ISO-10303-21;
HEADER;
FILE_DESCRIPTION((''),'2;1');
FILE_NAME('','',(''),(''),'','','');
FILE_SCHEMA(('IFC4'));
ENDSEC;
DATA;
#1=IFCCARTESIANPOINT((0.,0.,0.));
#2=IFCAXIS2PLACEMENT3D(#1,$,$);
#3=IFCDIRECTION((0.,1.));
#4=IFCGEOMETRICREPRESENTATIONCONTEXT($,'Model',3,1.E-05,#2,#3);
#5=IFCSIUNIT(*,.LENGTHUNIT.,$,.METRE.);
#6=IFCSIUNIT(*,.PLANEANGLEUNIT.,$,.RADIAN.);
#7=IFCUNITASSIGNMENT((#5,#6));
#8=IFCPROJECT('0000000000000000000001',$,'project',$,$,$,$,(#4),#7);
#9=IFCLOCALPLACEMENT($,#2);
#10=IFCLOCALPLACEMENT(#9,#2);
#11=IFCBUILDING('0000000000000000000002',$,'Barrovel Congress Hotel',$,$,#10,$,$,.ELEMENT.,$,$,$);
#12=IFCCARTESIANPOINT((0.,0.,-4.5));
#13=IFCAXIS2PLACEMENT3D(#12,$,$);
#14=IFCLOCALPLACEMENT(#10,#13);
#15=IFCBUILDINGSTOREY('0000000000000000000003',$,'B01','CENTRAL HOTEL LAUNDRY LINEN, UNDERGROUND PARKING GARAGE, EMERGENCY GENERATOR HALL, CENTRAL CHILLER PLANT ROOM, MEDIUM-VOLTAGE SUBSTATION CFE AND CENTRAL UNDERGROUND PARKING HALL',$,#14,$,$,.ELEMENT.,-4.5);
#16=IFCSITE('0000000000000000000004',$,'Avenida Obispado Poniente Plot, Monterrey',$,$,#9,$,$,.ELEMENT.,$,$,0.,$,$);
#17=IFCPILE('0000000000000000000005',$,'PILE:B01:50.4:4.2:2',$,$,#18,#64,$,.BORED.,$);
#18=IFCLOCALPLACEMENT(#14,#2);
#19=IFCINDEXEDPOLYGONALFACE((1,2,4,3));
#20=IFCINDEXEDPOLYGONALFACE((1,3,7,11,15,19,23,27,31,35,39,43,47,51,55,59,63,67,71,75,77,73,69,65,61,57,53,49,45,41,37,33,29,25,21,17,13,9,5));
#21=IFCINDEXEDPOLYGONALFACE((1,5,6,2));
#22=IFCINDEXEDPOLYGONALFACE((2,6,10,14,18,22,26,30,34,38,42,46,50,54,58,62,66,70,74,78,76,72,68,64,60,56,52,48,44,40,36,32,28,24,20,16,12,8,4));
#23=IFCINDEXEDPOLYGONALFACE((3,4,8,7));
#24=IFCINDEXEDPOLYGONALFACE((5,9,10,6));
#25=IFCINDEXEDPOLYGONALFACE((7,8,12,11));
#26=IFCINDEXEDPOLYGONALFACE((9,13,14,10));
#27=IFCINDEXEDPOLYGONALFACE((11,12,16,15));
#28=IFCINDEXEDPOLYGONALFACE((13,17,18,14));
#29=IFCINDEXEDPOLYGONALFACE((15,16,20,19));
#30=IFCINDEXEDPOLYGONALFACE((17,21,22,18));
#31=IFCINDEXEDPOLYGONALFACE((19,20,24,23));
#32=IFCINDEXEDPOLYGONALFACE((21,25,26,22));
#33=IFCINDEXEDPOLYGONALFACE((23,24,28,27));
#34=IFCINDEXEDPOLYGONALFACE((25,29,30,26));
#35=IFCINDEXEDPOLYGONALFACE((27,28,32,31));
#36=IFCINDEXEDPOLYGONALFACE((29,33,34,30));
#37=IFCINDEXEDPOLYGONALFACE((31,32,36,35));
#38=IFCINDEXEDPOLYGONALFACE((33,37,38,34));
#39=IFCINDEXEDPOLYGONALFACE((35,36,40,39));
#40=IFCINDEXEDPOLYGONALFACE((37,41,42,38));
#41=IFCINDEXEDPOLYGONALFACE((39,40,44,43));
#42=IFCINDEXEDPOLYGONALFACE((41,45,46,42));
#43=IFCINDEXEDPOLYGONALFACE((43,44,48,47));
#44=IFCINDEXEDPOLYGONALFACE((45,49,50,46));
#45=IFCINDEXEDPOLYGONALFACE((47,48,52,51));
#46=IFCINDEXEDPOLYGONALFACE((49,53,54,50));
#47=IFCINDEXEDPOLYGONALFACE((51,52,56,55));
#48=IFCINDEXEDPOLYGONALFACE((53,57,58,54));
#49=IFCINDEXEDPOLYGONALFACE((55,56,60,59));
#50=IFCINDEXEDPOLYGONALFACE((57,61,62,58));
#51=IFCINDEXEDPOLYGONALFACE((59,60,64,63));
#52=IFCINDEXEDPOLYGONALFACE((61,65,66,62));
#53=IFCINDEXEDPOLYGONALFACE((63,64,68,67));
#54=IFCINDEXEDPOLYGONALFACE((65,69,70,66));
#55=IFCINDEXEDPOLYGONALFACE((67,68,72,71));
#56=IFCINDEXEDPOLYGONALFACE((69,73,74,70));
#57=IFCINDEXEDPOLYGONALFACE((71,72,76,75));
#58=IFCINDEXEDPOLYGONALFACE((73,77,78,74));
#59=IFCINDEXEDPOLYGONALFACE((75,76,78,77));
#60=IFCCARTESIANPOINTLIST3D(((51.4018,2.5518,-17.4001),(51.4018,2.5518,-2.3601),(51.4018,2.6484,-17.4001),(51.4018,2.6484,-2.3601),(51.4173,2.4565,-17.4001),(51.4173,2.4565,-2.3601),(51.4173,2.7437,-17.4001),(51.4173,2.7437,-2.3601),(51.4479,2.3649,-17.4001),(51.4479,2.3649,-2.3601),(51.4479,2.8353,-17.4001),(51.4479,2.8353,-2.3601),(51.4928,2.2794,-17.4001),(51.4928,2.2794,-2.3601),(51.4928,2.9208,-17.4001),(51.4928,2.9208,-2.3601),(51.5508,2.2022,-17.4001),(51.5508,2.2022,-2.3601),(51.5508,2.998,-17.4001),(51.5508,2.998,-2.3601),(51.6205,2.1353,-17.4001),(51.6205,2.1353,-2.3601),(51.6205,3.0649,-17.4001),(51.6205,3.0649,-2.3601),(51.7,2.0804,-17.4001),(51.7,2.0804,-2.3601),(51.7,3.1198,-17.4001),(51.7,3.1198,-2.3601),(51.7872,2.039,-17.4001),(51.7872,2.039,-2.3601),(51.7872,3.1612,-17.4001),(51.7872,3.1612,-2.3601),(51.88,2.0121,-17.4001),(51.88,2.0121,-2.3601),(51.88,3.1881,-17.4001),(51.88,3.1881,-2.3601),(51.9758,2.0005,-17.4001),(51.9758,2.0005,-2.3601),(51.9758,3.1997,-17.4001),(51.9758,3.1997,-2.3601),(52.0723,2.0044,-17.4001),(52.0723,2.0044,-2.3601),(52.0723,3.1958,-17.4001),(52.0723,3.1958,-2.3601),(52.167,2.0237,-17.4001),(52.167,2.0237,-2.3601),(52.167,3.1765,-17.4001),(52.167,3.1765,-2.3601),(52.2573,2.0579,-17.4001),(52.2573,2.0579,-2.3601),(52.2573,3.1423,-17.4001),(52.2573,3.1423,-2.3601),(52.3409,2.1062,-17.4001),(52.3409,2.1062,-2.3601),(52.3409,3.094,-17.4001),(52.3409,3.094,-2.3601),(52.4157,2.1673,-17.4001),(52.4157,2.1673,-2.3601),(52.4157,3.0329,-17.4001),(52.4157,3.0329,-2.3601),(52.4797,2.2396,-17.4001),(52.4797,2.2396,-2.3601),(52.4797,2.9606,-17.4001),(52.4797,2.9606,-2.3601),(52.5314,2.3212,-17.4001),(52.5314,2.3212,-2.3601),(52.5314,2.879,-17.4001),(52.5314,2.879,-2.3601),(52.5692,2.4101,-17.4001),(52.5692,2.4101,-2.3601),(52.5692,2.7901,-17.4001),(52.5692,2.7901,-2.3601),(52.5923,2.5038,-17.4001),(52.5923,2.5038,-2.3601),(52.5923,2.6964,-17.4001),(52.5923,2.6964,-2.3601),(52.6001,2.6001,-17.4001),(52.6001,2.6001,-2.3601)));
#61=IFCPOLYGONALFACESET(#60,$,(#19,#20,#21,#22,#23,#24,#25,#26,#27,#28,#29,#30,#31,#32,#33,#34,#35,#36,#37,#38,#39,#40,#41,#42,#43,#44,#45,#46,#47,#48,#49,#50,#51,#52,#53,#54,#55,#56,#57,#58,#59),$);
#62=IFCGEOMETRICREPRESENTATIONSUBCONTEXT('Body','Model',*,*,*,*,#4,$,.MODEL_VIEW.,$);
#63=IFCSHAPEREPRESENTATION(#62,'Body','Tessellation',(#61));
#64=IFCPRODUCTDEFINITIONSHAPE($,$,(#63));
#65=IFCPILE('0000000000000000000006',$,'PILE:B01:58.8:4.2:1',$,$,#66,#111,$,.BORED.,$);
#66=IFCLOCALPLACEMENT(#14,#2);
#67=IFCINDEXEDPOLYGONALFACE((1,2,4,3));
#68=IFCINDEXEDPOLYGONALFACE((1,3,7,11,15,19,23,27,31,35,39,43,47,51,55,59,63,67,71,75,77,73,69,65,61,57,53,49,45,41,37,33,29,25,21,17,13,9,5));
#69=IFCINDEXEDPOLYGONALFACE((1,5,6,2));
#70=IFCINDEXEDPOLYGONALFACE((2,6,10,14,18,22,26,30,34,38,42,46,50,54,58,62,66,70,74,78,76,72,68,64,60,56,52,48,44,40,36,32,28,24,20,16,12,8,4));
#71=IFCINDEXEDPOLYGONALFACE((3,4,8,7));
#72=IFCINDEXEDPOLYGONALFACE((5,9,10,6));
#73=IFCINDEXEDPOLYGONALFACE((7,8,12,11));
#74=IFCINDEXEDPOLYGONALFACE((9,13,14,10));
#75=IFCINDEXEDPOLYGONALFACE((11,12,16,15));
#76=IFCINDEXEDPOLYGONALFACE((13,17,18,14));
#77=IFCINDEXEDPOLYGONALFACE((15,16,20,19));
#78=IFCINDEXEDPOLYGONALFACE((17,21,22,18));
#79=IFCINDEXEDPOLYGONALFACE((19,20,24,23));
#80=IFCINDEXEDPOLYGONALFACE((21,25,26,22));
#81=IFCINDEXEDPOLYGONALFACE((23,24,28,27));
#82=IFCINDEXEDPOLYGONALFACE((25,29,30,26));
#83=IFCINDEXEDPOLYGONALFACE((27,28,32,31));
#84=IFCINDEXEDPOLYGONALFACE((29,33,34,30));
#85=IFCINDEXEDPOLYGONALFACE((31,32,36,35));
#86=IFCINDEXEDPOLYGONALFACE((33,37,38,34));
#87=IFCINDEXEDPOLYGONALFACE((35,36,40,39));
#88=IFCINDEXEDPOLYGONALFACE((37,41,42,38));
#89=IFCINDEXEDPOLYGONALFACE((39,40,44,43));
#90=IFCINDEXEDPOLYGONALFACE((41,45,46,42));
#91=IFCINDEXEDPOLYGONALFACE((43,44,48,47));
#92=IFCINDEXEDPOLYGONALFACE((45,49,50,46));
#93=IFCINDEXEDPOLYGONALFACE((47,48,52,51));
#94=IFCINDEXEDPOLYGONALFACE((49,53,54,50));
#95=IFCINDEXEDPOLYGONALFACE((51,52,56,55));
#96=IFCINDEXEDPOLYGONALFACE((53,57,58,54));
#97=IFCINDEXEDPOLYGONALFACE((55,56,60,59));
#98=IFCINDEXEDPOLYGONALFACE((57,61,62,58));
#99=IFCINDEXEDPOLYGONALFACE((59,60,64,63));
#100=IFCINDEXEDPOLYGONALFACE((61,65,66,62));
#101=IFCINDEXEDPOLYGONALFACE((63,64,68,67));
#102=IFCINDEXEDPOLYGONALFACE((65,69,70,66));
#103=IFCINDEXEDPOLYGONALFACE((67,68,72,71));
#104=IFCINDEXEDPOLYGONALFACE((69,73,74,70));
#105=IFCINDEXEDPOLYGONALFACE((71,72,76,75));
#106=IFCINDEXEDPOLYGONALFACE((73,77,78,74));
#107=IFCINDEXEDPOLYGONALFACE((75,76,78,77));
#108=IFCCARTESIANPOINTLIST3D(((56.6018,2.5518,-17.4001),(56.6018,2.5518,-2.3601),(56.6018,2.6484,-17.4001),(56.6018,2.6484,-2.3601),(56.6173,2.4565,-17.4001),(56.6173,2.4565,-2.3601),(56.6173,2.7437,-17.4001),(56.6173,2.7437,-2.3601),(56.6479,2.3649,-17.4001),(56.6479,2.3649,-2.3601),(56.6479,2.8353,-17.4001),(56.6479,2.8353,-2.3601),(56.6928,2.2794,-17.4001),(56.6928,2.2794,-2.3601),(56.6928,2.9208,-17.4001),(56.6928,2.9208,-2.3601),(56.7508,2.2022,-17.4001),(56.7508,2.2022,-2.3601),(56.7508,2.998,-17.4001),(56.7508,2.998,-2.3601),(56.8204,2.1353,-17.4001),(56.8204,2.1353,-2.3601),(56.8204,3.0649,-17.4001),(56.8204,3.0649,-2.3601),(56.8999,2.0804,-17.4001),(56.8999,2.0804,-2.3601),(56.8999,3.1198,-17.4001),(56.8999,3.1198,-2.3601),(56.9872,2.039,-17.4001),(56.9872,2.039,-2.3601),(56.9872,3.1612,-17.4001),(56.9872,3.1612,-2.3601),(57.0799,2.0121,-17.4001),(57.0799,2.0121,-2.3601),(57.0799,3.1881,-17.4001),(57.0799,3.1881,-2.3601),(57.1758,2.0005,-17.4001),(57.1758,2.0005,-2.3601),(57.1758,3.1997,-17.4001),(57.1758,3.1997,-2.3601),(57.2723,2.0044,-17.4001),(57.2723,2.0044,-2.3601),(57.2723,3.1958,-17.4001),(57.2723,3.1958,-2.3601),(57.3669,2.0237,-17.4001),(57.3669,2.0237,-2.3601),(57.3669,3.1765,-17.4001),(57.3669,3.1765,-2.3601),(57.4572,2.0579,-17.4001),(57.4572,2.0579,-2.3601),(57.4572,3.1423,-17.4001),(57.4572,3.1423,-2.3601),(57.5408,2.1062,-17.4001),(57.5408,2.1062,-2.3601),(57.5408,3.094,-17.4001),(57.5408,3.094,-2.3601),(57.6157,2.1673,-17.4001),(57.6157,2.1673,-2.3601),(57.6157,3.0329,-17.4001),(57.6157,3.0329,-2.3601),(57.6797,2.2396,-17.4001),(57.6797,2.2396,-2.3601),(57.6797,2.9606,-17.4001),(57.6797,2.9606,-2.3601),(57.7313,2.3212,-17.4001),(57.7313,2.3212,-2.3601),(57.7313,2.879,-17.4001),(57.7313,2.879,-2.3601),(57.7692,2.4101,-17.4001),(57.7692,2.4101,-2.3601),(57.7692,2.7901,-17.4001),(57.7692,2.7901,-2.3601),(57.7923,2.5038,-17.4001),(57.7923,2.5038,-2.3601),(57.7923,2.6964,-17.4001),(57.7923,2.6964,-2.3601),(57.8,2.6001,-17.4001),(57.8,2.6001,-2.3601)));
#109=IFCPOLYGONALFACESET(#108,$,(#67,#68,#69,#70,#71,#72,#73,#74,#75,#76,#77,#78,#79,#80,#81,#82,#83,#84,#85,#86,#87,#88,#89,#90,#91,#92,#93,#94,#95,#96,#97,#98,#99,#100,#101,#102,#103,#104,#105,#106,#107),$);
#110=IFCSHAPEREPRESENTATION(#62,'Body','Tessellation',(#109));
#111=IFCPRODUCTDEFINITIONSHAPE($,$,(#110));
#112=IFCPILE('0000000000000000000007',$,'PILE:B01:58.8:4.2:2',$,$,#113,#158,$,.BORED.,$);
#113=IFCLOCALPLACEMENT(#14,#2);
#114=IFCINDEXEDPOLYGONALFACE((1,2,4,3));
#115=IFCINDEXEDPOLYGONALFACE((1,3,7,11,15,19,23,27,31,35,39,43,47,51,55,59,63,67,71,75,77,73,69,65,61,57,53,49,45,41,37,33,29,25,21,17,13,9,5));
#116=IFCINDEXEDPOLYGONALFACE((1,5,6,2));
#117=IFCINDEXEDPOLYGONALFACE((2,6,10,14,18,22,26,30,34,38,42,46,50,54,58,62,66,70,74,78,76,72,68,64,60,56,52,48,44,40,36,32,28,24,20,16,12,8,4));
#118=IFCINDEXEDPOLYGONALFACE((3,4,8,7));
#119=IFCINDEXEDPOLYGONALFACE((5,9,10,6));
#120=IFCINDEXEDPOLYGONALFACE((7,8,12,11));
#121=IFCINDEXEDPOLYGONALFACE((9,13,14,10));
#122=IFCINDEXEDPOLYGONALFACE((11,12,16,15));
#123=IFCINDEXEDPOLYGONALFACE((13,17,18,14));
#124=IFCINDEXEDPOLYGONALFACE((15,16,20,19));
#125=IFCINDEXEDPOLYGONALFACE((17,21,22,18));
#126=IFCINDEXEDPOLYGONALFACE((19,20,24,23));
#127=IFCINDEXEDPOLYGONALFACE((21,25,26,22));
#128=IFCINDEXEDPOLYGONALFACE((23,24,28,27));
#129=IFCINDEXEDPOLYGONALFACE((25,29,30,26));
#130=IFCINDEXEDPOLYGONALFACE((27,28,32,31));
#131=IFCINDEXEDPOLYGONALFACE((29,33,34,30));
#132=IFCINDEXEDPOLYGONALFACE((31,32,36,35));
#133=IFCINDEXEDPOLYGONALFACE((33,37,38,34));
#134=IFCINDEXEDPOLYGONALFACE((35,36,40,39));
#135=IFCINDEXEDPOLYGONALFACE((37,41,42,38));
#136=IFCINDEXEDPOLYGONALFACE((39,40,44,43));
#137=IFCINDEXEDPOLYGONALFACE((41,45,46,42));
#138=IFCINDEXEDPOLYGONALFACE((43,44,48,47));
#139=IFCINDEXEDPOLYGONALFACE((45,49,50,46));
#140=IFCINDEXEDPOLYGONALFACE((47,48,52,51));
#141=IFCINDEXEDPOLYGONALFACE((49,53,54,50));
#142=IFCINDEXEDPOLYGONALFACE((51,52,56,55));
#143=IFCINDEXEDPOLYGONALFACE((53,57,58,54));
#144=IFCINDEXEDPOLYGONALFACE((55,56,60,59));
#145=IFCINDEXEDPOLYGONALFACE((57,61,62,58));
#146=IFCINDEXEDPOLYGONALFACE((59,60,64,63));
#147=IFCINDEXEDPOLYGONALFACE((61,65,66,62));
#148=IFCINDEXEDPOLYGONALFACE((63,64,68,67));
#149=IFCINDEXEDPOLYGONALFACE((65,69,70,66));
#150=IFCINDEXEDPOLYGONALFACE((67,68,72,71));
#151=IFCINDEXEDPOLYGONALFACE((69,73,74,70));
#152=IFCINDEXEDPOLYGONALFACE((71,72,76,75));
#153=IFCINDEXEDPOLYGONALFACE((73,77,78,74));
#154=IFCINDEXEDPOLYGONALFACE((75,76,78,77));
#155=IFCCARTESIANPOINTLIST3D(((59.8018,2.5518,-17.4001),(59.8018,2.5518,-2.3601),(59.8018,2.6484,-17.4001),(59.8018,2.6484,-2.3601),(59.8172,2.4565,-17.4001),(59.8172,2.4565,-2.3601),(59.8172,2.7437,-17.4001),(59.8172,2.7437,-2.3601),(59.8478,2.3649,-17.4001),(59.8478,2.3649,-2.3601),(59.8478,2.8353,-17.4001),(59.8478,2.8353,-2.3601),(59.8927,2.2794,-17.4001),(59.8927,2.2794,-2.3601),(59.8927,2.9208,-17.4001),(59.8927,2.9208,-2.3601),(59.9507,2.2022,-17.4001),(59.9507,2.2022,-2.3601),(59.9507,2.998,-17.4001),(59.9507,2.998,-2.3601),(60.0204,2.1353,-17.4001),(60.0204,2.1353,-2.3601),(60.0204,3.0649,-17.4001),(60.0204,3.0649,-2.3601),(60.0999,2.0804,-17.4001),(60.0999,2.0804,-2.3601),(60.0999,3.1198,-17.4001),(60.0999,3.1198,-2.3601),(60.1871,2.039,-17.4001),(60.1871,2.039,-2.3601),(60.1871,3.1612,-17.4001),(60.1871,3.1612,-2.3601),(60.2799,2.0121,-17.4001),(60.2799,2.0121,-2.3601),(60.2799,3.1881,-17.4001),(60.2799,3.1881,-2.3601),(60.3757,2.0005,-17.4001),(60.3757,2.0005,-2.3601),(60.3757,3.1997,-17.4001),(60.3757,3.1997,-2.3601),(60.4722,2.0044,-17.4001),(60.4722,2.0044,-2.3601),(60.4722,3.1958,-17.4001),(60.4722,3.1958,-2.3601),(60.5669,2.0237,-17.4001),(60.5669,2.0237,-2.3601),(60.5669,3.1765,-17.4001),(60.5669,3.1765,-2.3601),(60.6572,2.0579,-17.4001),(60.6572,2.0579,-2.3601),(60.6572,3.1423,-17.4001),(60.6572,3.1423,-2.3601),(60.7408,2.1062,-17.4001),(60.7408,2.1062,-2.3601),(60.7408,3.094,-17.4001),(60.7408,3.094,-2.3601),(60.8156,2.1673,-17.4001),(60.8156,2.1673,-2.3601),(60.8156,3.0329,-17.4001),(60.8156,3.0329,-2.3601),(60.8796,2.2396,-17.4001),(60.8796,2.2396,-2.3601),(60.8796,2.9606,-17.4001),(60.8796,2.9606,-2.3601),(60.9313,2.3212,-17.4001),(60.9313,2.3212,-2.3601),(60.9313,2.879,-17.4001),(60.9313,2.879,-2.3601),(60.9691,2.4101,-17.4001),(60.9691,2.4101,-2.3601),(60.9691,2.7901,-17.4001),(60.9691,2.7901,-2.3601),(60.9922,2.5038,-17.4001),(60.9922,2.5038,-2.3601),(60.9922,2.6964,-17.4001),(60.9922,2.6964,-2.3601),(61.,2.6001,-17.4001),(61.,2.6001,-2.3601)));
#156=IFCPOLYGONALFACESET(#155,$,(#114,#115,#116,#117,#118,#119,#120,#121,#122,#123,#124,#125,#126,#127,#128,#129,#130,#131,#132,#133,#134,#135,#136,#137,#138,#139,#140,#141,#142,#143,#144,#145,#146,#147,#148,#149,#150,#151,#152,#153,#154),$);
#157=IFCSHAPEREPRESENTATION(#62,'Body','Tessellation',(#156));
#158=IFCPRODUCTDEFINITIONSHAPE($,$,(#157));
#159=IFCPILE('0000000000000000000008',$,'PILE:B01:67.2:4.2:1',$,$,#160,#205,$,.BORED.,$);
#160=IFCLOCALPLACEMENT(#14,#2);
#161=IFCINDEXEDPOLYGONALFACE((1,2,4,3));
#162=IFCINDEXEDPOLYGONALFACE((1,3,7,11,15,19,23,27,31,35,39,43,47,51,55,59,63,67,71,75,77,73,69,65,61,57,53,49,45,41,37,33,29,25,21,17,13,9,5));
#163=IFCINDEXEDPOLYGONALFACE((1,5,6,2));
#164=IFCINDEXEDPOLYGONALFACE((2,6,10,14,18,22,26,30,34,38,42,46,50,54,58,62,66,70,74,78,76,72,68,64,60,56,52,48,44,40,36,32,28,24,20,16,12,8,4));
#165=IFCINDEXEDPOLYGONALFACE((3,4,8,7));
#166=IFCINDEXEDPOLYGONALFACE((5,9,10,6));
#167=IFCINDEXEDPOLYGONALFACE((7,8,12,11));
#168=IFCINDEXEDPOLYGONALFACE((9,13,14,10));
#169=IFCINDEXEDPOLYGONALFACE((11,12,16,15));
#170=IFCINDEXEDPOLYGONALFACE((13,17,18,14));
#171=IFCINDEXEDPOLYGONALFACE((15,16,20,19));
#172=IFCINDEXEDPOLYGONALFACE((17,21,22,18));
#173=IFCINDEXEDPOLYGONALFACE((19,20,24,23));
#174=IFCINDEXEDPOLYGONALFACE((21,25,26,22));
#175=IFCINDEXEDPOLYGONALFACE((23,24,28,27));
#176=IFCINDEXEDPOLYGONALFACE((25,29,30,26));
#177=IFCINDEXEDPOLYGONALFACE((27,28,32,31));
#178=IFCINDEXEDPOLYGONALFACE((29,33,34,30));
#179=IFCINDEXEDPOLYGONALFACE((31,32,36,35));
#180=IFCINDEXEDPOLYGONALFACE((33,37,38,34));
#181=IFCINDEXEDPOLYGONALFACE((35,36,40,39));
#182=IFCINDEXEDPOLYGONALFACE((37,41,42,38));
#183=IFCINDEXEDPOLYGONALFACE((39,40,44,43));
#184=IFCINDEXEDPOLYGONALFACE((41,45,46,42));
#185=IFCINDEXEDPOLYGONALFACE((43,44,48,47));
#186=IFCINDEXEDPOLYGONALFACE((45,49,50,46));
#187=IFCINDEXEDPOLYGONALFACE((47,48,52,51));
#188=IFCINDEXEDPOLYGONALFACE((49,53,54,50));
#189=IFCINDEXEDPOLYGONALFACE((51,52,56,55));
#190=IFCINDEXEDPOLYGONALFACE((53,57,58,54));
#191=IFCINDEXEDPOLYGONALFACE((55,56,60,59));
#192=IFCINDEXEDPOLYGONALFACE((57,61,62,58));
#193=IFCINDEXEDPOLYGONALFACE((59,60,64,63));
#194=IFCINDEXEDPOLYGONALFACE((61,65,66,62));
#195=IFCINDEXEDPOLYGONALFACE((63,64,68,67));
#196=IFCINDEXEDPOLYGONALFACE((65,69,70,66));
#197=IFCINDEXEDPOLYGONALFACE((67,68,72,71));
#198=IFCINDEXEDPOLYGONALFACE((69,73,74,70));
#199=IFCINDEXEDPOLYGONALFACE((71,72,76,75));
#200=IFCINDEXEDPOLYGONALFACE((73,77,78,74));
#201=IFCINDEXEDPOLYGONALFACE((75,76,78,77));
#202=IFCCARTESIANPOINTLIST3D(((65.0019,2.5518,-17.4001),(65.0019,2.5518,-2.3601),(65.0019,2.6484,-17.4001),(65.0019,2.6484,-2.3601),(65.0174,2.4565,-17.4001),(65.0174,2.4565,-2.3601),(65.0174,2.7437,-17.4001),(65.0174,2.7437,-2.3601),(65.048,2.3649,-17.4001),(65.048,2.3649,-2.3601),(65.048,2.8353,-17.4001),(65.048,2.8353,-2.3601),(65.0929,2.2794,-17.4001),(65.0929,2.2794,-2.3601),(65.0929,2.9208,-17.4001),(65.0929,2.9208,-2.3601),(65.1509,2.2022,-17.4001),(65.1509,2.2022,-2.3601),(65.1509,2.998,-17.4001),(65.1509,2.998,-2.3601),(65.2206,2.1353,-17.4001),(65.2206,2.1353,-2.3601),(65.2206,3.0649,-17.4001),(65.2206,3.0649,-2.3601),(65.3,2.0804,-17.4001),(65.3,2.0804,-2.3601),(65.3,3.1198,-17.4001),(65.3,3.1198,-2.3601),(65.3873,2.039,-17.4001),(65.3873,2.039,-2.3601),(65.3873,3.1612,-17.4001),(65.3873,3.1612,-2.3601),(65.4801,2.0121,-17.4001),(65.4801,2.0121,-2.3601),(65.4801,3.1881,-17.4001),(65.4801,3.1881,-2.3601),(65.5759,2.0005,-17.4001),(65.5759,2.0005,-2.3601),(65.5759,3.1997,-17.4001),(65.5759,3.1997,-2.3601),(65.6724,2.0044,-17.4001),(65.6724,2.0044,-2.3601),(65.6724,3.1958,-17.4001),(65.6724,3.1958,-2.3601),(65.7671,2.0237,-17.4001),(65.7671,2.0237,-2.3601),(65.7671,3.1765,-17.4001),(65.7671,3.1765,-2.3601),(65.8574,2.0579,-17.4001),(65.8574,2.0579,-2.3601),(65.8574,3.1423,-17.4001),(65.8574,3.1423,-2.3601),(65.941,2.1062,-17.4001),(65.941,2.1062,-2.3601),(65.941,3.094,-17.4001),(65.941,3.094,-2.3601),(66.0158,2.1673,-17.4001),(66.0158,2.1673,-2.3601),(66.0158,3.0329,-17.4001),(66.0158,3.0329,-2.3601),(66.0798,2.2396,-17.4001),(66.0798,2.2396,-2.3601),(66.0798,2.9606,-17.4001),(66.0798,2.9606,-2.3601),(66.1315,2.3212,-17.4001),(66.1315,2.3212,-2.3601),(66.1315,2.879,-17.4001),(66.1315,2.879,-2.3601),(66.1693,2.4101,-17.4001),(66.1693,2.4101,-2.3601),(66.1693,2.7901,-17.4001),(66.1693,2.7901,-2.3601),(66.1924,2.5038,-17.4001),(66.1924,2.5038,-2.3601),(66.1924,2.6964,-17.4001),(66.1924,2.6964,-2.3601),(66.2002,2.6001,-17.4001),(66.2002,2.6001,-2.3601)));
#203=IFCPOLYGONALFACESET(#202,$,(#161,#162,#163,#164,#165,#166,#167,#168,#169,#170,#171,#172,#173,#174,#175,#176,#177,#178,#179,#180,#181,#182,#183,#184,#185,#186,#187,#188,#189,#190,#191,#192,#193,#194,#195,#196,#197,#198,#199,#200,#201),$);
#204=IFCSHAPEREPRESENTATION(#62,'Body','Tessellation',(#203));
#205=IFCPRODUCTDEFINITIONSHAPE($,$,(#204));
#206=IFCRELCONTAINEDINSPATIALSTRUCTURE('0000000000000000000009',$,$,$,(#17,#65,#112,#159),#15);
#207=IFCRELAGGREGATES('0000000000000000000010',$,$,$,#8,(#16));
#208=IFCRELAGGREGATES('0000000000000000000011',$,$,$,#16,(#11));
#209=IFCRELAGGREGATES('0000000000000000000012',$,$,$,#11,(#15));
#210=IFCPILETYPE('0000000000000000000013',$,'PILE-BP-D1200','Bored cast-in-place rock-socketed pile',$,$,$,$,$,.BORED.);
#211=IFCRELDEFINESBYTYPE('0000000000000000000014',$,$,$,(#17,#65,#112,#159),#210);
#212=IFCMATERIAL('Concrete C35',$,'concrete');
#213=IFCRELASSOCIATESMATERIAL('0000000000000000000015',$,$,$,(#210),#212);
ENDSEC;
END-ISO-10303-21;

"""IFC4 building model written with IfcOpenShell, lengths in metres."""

from ifc_helpers import new_model, si_unit, direction, frame, origin, origin_2d, place, context, subcontext, project, spatial, circle, extrude, material, material_profile, profile_set, type_object, element, save


model = new_model("IFC4")

# Units and contexts
model_context = context("Model", 3, precision=1e-05, world=origin(), true_north=direction((0.0, 1.0)))
body_context = subcontext(model_context, "Body", "Model", "MODEL_VIEW")
ifc_project = project(units=[si_unit("LENGTHUNIT", "METRE"), si_unit("PLANEANGLEUNIT", "RADIAN")], contexts=[model_context])

# Site, building, storey
site_placement = place(None, origin())
site = spatial("IfcSite", under=ifc_project, at=site_placement, Name="Avenida Obispado Poniente Plot, Monterrey", CompositionType="ELEMENT", RefElevation=0.0)
building_placement = place(site_placement, origin())
building = spatial("IfcBuilding", under=site, at=building_placement, Name="Barrovel Congress Hotel", CompositionType="ELEMENT")
storey_placement = place(building_placement, frame((0.0, 0.0, -4.5)))
storey = spatial("IfcBuildingStorey", under=building, at=storey_placement, Name="B01", Description="CENTRAL HOTEL LAUNDRY LINEN, UNDERGROUND PARKING GARAGE, EMERGENCY GENERATOR HALL, CENTRAL CHILLER PLANT ROOM, MEDIUM-VOLTAGE SUBSTATION CFE AND CENTRAL UNDERGROUND PARKING HALL", CompositionType="ELEMENT", Elevation=-4.5)

# Piles
ifc_material_1 = material(Name="Concrete C35", Category="concrete")
ifc_material_profile_1 = material_profile(ifc_material_1, circle(Radius=0.6001, at=origin_2d()), Name="BP-D1200")
ifc_profile_set_1 = profile_set([ifc_material_profile_1], Name="Concrete C35")
pile_type = type_object("IfcPileType", Name="PILE-BP-D1200", Description="Bored cast-in-place rock-socketed pile", PredefinedType="BORED", material=ifc_profile_set_1)
for number, where, z_axis, x_axis, name in (
    (1, (52.0, 2.6001, -2.3601), (0.0, 0.0, -1.0), (1.0, 0.0, 0.0), "PILE:B01:50.4:4.2:2"),
    (2, (57.2, 2.6001, -2.3601), (0.0, 0.0, -1.0), (1.0, 0.0, 0.0), "PILE:B01:58.8:4.2:1"),
    (3, (60.3999, 2.6001, -2.3601), (0.0, 0.0, -1.0), (1.0, 0.0, 0.0), "PILE:B01:58.8:4.2:2"),
    (4, (65.6001, 2.6001, -2.3601), (0.0, 0.0, -1.0), (1.0, 0.0, 0.0), "PILE:B01:67.2:4.2:1"),
):
    element("IfcPile", number, at=place(storey_placement, frame(where, z_axis=z_axis, x_axis=x_axis)), inside=storey, type_object=pile_type, Name=name, PredefinedType="BORED", context=body_context, shape_type="SweptSolid", body=[
        extrude(circle(Radius=0.6001, at=origin_2d()), origin(), (0.0, 0.0, 1.0), 15.04),
    ])

save(model, "model.ifc")
